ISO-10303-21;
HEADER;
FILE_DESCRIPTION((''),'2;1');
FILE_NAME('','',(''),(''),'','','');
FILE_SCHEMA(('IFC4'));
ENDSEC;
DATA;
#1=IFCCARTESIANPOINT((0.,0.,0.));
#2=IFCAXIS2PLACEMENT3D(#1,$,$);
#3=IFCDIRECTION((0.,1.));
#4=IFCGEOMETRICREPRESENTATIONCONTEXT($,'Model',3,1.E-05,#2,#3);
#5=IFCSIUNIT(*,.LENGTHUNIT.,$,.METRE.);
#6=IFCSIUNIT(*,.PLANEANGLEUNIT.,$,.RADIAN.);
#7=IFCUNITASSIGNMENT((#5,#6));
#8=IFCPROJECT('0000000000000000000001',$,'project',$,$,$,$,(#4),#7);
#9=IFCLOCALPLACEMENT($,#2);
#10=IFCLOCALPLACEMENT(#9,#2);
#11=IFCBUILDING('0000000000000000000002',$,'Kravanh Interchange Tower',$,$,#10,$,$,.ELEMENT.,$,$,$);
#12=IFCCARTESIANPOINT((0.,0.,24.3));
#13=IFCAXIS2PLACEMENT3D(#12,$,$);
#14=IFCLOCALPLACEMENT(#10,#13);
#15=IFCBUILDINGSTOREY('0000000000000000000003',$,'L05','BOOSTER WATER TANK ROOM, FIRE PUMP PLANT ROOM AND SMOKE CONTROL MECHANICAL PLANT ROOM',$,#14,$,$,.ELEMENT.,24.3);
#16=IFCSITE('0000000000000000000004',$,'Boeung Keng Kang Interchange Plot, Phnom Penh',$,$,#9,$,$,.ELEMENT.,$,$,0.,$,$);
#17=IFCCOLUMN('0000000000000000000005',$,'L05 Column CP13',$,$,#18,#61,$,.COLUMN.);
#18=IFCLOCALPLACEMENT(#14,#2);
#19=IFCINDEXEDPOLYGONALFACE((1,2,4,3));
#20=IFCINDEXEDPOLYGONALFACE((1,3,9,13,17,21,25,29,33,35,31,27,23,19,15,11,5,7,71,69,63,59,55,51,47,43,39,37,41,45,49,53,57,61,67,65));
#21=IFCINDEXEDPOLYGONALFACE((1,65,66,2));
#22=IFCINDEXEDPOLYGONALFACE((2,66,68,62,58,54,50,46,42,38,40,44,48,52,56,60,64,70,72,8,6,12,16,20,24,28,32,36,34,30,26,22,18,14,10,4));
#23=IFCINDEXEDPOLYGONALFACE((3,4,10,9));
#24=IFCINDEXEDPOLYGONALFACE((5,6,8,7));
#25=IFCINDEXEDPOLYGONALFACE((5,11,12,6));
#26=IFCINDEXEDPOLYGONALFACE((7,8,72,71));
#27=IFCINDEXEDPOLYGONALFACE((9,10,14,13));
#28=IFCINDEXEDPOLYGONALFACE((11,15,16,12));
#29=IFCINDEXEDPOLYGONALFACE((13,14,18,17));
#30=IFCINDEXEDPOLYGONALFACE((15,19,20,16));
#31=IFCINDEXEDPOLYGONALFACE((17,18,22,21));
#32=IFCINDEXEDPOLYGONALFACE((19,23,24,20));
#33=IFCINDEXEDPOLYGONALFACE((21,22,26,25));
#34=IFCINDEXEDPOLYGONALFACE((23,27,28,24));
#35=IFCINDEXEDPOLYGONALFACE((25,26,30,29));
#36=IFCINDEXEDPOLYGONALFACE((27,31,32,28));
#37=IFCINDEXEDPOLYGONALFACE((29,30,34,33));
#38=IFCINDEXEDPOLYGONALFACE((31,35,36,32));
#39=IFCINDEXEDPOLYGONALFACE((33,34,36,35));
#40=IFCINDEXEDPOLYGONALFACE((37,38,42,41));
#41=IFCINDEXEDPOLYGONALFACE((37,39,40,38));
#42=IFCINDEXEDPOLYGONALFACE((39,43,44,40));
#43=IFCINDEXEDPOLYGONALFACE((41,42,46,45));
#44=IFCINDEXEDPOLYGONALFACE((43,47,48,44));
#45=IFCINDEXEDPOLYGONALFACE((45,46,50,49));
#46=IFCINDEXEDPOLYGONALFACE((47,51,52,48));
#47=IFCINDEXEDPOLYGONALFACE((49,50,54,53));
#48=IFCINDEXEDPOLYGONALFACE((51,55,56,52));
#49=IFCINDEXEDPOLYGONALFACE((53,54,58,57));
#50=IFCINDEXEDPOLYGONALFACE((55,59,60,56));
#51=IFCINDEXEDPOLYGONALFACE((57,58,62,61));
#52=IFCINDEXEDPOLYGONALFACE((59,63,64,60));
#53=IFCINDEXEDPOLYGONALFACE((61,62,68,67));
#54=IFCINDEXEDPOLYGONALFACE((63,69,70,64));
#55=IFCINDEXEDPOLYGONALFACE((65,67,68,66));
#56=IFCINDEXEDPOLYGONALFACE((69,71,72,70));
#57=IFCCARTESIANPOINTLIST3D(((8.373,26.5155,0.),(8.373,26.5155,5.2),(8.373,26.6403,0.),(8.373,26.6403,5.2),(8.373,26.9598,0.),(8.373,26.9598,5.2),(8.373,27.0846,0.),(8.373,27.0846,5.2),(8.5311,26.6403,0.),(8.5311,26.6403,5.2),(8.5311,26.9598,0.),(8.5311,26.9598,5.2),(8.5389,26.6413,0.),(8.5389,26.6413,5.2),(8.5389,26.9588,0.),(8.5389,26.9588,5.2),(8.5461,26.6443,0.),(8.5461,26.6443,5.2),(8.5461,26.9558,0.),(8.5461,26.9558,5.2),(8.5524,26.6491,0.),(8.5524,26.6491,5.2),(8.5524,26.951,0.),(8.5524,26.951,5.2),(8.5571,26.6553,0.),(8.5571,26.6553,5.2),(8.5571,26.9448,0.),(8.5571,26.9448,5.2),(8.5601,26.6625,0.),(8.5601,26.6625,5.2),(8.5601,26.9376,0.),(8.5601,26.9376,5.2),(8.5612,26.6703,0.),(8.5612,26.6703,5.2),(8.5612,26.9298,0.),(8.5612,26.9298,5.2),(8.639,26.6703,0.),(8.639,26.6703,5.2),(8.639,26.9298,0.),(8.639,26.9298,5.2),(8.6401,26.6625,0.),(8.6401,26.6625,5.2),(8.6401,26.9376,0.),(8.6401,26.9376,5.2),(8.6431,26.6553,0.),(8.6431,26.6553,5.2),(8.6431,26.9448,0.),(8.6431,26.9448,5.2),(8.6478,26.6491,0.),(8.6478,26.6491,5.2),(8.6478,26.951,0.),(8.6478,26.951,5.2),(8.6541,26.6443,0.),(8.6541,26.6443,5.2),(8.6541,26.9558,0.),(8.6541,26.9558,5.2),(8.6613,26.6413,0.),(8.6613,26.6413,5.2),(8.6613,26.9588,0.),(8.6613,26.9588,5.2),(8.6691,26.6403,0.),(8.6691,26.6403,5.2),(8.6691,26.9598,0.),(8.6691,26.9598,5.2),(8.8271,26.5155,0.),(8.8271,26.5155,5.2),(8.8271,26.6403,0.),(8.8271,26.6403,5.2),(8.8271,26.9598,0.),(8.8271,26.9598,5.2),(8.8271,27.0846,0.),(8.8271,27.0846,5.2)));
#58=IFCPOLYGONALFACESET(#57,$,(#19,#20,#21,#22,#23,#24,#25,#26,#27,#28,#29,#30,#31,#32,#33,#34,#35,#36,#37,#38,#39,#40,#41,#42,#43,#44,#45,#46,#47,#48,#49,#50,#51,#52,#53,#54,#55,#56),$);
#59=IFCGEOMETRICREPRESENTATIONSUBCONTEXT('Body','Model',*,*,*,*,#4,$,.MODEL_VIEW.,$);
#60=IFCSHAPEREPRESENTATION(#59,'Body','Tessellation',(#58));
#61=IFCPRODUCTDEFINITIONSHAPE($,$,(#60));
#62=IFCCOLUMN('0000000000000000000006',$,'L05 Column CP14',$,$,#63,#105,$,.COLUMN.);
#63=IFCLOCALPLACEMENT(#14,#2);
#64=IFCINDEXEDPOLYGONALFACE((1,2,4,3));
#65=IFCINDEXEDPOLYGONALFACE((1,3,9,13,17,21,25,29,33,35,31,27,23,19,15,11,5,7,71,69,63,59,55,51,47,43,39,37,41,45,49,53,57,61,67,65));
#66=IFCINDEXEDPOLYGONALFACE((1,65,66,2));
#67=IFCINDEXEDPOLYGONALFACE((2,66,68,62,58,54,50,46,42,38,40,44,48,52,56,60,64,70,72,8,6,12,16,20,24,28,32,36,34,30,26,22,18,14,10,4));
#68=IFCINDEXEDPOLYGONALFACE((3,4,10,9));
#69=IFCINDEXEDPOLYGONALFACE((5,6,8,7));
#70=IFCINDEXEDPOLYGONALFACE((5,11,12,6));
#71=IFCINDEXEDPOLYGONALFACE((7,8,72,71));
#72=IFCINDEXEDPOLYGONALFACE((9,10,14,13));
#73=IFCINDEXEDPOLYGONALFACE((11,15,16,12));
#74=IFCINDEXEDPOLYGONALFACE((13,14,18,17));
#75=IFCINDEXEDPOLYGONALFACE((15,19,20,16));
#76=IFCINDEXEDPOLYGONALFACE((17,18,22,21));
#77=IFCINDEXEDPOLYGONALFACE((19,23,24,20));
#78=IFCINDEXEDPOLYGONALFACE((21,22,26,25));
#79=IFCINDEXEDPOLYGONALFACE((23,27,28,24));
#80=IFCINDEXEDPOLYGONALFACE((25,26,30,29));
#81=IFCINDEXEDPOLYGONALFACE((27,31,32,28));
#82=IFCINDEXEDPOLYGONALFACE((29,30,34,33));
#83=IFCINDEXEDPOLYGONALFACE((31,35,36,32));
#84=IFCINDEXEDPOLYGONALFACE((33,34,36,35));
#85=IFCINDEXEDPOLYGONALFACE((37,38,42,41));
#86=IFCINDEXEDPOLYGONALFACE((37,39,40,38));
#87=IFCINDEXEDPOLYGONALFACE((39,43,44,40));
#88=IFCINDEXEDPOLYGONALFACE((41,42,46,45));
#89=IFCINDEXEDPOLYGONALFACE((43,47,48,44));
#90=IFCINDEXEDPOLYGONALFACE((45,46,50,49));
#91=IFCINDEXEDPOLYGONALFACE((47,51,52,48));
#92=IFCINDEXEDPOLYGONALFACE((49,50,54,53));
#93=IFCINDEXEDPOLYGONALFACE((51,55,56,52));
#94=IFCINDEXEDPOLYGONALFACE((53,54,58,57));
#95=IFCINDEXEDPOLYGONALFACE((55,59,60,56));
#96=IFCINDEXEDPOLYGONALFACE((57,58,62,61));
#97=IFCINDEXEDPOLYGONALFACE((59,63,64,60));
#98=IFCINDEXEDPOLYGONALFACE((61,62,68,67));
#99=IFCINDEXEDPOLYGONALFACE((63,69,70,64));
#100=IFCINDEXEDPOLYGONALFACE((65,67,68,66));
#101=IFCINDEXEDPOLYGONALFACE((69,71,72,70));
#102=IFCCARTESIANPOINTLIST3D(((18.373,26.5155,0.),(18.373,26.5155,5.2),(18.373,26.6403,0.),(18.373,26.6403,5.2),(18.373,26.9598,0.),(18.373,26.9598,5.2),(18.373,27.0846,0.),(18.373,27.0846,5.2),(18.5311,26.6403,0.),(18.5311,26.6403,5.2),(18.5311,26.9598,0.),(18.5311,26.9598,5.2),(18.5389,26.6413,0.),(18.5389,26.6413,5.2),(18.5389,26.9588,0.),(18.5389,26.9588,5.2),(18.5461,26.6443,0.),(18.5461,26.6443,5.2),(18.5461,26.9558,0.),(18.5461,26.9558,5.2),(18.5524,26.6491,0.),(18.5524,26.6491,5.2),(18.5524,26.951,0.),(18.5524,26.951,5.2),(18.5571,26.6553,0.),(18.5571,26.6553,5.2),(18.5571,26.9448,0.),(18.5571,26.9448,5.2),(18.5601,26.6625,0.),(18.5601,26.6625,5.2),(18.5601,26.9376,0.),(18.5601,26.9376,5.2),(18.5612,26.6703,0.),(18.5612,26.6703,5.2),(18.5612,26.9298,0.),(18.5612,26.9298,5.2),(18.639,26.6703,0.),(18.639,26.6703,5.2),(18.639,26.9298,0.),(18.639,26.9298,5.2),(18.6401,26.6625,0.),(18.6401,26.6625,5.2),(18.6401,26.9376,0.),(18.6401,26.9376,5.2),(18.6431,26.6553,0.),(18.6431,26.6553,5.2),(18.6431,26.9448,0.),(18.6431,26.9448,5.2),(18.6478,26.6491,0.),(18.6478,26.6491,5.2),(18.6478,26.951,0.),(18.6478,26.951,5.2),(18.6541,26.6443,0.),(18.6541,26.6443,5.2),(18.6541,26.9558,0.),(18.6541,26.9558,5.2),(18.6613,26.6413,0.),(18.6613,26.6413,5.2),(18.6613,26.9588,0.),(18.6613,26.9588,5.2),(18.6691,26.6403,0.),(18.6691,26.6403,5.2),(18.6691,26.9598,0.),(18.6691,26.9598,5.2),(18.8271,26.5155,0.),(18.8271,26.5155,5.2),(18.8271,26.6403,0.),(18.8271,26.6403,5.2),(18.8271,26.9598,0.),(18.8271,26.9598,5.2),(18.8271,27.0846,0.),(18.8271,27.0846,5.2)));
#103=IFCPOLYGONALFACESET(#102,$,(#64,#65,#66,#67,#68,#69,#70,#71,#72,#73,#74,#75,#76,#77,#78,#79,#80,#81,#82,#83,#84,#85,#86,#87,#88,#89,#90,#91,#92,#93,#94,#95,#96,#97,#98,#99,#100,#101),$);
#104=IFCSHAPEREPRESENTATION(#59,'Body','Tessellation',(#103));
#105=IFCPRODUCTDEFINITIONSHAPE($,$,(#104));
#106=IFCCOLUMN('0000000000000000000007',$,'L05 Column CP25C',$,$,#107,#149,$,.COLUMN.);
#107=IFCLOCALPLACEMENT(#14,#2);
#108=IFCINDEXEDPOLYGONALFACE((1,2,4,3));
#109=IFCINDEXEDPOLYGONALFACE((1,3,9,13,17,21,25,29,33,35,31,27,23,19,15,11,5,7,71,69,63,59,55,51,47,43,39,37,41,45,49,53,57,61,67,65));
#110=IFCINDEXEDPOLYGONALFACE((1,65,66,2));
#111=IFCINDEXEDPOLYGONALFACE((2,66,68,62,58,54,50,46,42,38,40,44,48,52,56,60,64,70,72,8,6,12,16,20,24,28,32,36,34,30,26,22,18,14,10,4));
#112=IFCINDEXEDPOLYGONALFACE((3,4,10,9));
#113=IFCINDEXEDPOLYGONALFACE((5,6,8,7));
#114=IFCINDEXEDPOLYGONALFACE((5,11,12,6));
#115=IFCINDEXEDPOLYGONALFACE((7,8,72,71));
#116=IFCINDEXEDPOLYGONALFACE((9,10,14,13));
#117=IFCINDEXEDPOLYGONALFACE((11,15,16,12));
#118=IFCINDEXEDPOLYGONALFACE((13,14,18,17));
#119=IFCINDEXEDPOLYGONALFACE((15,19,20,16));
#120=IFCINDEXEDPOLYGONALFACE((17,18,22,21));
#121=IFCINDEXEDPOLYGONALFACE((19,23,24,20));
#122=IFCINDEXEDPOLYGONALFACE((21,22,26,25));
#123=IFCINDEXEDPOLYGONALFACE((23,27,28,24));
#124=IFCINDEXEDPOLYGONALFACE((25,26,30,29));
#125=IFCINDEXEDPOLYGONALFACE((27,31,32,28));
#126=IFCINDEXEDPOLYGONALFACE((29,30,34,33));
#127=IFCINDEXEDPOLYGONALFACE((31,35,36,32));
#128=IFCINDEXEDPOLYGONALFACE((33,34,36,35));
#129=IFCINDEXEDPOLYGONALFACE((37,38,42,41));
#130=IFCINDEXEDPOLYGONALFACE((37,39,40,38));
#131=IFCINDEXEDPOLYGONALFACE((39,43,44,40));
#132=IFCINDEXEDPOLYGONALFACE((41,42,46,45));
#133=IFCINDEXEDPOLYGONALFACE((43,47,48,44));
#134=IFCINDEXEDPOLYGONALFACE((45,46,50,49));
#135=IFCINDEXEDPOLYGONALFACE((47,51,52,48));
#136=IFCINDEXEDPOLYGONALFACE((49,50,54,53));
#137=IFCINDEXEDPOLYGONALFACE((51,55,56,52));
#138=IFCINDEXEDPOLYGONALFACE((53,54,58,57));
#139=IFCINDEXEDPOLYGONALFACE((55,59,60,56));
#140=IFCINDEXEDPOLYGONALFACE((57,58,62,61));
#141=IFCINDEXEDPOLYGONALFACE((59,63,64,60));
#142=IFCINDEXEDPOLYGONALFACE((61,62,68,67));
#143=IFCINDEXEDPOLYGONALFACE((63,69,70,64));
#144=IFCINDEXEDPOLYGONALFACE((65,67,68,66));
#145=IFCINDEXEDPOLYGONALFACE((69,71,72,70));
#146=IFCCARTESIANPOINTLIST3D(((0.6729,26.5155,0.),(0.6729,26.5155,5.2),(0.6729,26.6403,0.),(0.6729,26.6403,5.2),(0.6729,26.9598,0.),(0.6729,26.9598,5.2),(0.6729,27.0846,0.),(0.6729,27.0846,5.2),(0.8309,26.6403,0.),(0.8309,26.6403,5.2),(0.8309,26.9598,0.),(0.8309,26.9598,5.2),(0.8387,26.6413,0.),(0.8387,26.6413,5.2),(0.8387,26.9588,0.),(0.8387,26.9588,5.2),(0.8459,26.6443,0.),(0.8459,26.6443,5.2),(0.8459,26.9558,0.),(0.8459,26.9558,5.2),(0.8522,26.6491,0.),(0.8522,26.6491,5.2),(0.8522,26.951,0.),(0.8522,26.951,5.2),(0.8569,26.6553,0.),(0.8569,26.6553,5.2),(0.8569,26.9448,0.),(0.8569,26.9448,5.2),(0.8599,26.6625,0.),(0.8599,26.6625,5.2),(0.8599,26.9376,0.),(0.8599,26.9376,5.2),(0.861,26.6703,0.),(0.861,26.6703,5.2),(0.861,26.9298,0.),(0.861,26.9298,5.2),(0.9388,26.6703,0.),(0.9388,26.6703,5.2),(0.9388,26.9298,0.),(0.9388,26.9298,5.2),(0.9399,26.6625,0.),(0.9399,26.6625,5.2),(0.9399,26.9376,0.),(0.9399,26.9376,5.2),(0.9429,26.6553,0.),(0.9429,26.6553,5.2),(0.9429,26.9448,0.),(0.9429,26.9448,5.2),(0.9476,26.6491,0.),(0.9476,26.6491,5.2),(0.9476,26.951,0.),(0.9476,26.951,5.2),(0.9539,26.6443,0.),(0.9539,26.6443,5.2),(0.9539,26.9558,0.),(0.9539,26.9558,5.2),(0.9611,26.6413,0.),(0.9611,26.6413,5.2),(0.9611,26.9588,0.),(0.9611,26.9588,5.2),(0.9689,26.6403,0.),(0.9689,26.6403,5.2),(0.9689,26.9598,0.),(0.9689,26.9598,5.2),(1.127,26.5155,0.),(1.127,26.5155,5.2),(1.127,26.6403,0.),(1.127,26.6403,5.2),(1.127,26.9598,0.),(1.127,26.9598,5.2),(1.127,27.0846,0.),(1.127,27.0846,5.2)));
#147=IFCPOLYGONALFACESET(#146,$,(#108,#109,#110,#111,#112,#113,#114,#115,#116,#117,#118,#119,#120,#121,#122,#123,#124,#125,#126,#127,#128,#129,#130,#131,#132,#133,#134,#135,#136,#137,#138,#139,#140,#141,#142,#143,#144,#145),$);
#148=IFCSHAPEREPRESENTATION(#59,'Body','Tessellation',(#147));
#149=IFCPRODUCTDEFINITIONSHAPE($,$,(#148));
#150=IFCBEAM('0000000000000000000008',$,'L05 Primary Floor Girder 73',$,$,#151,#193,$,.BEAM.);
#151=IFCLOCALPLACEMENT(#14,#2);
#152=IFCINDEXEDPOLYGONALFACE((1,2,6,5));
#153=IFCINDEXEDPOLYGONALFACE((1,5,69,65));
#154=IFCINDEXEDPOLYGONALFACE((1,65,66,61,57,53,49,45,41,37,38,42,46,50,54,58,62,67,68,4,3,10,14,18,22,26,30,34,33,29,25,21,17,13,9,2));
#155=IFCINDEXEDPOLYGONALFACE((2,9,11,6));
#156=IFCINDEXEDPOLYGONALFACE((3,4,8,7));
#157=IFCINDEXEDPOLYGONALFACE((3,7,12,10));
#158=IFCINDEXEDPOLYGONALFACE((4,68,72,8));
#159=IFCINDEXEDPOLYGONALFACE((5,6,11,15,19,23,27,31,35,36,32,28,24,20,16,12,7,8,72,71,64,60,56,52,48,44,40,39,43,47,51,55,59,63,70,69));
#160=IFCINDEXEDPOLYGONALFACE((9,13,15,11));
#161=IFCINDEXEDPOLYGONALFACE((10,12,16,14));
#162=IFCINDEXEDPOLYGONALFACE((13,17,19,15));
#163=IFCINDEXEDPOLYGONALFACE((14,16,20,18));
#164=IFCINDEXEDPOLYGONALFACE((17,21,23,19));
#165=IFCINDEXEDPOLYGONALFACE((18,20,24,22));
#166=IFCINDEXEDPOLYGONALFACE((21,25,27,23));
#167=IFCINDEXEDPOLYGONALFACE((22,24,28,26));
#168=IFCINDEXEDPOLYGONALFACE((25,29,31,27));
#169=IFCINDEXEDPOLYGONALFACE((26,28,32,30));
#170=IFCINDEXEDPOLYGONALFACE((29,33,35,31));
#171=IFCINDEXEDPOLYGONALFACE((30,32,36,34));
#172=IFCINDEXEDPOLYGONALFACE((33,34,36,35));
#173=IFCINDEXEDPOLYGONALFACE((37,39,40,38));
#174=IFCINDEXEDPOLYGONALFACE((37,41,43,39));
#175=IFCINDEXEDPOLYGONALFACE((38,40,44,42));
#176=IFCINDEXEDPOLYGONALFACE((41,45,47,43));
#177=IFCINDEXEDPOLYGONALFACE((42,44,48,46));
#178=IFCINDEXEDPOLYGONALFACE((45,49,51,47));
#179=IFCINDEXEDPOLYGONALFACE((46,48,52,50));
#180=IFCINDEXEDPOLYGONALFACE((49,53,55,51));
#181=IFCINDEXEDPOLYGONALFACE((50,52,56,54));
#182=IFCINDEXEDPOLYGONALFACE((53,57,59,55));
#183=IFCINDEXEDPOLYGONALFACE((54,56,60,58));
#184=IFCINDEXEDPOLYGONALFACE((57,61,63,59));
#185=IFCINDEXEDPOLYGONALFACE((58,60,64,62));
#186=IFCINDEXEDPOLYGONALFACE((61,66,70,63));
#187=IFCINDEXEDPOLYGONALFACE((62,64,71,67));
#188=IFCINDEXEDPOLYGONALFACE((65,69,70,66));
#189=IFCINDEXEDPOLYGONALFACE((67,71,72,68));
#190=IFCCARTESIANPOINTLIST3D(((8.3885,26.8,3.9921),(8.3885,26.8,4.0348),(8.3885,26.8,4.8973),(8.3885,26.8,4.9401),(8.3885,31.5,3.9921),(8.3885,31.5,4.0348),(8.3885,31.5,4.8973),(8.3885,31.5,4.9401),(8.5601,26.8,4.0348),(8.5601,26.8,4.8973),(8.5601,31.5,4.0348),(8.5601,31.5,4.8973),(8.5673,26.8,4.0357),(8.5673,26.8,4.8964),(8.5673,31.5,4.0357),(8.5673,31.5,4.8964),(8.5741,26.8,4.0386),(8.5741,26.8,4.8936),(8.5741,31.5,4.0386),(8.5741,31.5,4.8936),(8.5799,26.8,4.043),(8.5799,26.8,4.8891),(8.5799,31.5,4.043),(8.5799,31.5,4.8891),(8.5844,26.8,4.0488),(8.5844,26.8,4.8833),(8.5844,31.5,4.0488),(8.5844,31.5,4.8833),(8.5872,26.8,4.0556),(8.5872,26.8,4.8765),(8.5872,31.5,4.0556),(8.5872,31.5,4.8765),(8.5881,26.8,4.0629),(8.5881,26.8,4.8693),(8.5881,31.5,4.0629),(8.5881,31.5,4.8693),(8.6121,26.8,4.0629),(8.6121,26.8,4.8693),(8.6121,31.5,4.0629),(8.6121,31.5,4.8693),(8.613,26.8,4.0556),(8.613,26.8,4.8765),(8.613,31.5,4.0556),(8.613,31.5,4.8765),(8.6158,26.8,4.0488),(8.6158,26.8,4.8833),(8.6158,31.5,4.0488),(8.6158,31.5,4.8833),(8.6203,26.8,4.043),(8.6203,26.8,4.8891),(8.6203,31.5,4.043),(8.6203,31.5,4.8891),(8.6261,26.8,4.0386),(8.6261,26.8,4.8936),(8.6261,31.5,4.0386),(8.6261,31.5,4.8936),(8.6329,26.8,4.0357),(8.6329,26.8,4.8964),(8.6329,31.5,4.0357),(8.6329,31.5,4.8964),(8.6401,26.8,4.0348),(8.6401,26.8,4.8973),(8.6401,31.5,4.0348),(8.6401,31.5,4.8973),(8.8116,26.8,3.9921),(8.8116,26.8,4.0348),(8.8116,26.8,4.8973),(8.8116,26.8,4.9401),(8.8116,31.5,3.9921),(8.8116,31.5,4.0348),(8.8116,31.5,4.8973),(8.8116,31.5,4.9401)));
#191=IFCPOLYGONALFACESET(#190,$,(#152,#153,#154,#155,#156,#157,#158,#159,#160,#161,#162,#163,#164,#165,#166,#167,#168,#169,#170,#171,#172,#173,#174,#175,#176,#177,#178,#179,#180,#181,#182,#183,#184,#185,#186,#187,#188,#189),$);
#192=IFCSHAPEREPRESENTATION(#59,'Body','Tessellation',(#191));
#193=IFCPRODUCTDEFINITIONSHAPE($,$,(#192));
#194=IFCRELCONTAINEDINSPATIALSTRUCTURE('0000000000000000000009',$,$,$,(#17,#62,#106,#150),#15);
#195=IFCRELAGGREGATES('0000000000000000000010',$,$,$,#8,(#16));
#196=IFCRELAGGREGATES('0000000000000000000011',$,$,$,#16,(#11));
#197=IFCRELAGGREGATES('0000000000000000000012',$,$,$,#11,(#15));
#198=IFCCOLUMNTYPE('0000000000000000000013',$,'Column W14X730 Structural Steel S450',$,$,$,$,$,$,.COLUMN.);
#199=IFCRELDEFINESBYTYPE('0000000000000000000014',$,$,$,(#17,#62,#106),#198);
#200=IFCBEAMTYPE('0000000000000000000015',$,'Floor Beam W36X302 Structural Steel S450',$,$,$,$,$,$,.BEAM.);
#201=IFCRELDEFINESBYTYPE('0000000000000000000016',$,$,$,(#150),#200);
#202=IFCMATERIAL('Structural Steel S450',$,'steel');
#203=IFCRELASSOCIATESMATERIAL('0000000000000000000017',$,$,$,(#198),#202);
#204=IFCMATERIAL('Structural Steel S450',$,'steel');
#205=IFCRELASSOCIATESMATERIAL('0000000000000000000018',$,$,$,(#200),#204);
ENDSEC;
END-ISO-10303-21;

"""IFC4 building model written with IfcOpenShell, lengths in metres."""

from ifc_helpers import new_model, si_unit, direction, frame, origin, origin_2d, place, context, subcontext, project, spatial, i_section, extrude, material, material_profile, profile_set, type_object, element, save


model = new_model("IFC4")

# Units and contexts
model_context = context("Model", 3, precision=1e-05, world=origin(), true_north=direction((0.0, 1.0)))
body_context = subcontext(model_context, "Body", "Model", "MODEL_VIEW")
ifc_project = project(units=[si_unit("LENGTHUNIT", "METRE"), si_unit("PLANEANGLEUNIT", "RADIAN")], contexts=[model_context])

# Site, building, storey
site_placement = place(None, origin())
site = spatial("IfcSite", under=ifc_project, at=site_placement, Name="Boeung Keng Kang Interchange Plot, Phnom Penh", CompositionType="ELEMENT", RefElevation=0.0)
building_placement = place(site_placement, origin())
building = spatial("IfcBuilding", under=site, at=building_placement, Name="Kravanh Interchange Tower", CompositionType="ELEMENT")
storey_placement = place(building_placement, frame((0.0, 0.0, 24.3)))
storey = spatial("IfcBuildingStorey", under=building, at=storey_placement, Name="L05", Description="BOOSTER WATER TANK ROOM, FIRE PUMP PLANT ROOM AND SMOKE CONTROL MECHANICAL PLANT ROOM", CompositionType="ELEMENT", Elevation=24.3)

# Columns
ifc_material_1 = material(Name="Structural Steel S450", Category="steel")
ifc_material_profile_1 = material_profile(ifc_material_1, i_section(OverallWidth=0.4541, OverallDepth=0.5691, WebThickness=0.0779, FlangeThickness=0.1248, FilletRadius=0.03, at=origin_2d()), Name="W14X730")
ifc_profile_set_1 = profile_set([ifc_material_profile_1], Name="Structural Steel S450")
column_type = type_object("IfcColumnType", Name="Column W14X730 Structural Steel S450", PredefinedType="COLUMN", material=ifc_profile_set_1)
for number, where, z_axis, x_axis, name in (
    (1, (8.6001, 26.8, 0.0), (0.0, 0.0, 1.0), (1.0, 0.0, 0.0), "L05 Column CP13"),
    (2, (18.6001, 26.8, 0.0), (0.0, 0.0, 1.0), (1.0, 0.0, 0.0), "L05 Column CP14"),
    (3, (0.8999, 26.8, 0.0), (0.0, 0.0, 1.0), (1.0, 0.0, 0.0), "L05 Column CP25C"),
):
    element("IfcColumn", number, at=place(storey_placement, frame(where, z_axis=z_axis, x_axis=x_axis)), inside=storey, type_object=column_type, Name=name, PredefinedType="COLUMN", context=body_context, shape_type="SweptSolid", body=[
        extrude(i_section(OverallWidth=0.4541, OverallDepth=0.5691, WebThickness=0.0779, FlangeThickness=0.1248, FilletRadius=0.03, at=origin_2d()), origin(), (0.0, 0.0, 1.0), 5.2),
    ])

# Beam
ifc_material_2 = material(Name="Structural Steel S450", Category="steel")
ifc_material_profile_2 = material_profile(ifc_material_2, i_section(OverallWidth=0.4231, OverallDepth=0.948, WebThickness=0.0239, FlangeThickness=0.0427, FilletRadius=0.0281, at=origin_2d()), Name="W36X302")
ifc_profile_set_2 = profile_set([ifc_material_profile_2], Name="Structural Steel S450")
beam_type_1 = type_object("IfcBeamType", Name="Floor Beam W36X302 Structural Steel S450", PredefinedType="BEAM", material=ifc_profile_set_2)
beam_1_placement = place(storey_placement, frame((8.6001, 26.8, 4.4661), z_axis=(0.0, 1.0, 0.0), x_axis=(-1.0, 0.0, 0.0)))
element("IfcBeam", 4, at=beam_1_placement, inside=storey, type_object=beam_type_1, Name="L05 Primary Floor Girder 73", PredefinedType="BEAM", context=body_context, shape_type="SweptSolid", body=[
    extrude(i_section(OverallWidth=0.4231, OverallDepth=0.948, WebThickness=0.0239, FlangeThickness=0.0427, FilletRadius=0.0281, at=origin_2d()), origin(), (0.0, 0.0, 1.0), 4.7),
])

save(model, "model.ifc")
